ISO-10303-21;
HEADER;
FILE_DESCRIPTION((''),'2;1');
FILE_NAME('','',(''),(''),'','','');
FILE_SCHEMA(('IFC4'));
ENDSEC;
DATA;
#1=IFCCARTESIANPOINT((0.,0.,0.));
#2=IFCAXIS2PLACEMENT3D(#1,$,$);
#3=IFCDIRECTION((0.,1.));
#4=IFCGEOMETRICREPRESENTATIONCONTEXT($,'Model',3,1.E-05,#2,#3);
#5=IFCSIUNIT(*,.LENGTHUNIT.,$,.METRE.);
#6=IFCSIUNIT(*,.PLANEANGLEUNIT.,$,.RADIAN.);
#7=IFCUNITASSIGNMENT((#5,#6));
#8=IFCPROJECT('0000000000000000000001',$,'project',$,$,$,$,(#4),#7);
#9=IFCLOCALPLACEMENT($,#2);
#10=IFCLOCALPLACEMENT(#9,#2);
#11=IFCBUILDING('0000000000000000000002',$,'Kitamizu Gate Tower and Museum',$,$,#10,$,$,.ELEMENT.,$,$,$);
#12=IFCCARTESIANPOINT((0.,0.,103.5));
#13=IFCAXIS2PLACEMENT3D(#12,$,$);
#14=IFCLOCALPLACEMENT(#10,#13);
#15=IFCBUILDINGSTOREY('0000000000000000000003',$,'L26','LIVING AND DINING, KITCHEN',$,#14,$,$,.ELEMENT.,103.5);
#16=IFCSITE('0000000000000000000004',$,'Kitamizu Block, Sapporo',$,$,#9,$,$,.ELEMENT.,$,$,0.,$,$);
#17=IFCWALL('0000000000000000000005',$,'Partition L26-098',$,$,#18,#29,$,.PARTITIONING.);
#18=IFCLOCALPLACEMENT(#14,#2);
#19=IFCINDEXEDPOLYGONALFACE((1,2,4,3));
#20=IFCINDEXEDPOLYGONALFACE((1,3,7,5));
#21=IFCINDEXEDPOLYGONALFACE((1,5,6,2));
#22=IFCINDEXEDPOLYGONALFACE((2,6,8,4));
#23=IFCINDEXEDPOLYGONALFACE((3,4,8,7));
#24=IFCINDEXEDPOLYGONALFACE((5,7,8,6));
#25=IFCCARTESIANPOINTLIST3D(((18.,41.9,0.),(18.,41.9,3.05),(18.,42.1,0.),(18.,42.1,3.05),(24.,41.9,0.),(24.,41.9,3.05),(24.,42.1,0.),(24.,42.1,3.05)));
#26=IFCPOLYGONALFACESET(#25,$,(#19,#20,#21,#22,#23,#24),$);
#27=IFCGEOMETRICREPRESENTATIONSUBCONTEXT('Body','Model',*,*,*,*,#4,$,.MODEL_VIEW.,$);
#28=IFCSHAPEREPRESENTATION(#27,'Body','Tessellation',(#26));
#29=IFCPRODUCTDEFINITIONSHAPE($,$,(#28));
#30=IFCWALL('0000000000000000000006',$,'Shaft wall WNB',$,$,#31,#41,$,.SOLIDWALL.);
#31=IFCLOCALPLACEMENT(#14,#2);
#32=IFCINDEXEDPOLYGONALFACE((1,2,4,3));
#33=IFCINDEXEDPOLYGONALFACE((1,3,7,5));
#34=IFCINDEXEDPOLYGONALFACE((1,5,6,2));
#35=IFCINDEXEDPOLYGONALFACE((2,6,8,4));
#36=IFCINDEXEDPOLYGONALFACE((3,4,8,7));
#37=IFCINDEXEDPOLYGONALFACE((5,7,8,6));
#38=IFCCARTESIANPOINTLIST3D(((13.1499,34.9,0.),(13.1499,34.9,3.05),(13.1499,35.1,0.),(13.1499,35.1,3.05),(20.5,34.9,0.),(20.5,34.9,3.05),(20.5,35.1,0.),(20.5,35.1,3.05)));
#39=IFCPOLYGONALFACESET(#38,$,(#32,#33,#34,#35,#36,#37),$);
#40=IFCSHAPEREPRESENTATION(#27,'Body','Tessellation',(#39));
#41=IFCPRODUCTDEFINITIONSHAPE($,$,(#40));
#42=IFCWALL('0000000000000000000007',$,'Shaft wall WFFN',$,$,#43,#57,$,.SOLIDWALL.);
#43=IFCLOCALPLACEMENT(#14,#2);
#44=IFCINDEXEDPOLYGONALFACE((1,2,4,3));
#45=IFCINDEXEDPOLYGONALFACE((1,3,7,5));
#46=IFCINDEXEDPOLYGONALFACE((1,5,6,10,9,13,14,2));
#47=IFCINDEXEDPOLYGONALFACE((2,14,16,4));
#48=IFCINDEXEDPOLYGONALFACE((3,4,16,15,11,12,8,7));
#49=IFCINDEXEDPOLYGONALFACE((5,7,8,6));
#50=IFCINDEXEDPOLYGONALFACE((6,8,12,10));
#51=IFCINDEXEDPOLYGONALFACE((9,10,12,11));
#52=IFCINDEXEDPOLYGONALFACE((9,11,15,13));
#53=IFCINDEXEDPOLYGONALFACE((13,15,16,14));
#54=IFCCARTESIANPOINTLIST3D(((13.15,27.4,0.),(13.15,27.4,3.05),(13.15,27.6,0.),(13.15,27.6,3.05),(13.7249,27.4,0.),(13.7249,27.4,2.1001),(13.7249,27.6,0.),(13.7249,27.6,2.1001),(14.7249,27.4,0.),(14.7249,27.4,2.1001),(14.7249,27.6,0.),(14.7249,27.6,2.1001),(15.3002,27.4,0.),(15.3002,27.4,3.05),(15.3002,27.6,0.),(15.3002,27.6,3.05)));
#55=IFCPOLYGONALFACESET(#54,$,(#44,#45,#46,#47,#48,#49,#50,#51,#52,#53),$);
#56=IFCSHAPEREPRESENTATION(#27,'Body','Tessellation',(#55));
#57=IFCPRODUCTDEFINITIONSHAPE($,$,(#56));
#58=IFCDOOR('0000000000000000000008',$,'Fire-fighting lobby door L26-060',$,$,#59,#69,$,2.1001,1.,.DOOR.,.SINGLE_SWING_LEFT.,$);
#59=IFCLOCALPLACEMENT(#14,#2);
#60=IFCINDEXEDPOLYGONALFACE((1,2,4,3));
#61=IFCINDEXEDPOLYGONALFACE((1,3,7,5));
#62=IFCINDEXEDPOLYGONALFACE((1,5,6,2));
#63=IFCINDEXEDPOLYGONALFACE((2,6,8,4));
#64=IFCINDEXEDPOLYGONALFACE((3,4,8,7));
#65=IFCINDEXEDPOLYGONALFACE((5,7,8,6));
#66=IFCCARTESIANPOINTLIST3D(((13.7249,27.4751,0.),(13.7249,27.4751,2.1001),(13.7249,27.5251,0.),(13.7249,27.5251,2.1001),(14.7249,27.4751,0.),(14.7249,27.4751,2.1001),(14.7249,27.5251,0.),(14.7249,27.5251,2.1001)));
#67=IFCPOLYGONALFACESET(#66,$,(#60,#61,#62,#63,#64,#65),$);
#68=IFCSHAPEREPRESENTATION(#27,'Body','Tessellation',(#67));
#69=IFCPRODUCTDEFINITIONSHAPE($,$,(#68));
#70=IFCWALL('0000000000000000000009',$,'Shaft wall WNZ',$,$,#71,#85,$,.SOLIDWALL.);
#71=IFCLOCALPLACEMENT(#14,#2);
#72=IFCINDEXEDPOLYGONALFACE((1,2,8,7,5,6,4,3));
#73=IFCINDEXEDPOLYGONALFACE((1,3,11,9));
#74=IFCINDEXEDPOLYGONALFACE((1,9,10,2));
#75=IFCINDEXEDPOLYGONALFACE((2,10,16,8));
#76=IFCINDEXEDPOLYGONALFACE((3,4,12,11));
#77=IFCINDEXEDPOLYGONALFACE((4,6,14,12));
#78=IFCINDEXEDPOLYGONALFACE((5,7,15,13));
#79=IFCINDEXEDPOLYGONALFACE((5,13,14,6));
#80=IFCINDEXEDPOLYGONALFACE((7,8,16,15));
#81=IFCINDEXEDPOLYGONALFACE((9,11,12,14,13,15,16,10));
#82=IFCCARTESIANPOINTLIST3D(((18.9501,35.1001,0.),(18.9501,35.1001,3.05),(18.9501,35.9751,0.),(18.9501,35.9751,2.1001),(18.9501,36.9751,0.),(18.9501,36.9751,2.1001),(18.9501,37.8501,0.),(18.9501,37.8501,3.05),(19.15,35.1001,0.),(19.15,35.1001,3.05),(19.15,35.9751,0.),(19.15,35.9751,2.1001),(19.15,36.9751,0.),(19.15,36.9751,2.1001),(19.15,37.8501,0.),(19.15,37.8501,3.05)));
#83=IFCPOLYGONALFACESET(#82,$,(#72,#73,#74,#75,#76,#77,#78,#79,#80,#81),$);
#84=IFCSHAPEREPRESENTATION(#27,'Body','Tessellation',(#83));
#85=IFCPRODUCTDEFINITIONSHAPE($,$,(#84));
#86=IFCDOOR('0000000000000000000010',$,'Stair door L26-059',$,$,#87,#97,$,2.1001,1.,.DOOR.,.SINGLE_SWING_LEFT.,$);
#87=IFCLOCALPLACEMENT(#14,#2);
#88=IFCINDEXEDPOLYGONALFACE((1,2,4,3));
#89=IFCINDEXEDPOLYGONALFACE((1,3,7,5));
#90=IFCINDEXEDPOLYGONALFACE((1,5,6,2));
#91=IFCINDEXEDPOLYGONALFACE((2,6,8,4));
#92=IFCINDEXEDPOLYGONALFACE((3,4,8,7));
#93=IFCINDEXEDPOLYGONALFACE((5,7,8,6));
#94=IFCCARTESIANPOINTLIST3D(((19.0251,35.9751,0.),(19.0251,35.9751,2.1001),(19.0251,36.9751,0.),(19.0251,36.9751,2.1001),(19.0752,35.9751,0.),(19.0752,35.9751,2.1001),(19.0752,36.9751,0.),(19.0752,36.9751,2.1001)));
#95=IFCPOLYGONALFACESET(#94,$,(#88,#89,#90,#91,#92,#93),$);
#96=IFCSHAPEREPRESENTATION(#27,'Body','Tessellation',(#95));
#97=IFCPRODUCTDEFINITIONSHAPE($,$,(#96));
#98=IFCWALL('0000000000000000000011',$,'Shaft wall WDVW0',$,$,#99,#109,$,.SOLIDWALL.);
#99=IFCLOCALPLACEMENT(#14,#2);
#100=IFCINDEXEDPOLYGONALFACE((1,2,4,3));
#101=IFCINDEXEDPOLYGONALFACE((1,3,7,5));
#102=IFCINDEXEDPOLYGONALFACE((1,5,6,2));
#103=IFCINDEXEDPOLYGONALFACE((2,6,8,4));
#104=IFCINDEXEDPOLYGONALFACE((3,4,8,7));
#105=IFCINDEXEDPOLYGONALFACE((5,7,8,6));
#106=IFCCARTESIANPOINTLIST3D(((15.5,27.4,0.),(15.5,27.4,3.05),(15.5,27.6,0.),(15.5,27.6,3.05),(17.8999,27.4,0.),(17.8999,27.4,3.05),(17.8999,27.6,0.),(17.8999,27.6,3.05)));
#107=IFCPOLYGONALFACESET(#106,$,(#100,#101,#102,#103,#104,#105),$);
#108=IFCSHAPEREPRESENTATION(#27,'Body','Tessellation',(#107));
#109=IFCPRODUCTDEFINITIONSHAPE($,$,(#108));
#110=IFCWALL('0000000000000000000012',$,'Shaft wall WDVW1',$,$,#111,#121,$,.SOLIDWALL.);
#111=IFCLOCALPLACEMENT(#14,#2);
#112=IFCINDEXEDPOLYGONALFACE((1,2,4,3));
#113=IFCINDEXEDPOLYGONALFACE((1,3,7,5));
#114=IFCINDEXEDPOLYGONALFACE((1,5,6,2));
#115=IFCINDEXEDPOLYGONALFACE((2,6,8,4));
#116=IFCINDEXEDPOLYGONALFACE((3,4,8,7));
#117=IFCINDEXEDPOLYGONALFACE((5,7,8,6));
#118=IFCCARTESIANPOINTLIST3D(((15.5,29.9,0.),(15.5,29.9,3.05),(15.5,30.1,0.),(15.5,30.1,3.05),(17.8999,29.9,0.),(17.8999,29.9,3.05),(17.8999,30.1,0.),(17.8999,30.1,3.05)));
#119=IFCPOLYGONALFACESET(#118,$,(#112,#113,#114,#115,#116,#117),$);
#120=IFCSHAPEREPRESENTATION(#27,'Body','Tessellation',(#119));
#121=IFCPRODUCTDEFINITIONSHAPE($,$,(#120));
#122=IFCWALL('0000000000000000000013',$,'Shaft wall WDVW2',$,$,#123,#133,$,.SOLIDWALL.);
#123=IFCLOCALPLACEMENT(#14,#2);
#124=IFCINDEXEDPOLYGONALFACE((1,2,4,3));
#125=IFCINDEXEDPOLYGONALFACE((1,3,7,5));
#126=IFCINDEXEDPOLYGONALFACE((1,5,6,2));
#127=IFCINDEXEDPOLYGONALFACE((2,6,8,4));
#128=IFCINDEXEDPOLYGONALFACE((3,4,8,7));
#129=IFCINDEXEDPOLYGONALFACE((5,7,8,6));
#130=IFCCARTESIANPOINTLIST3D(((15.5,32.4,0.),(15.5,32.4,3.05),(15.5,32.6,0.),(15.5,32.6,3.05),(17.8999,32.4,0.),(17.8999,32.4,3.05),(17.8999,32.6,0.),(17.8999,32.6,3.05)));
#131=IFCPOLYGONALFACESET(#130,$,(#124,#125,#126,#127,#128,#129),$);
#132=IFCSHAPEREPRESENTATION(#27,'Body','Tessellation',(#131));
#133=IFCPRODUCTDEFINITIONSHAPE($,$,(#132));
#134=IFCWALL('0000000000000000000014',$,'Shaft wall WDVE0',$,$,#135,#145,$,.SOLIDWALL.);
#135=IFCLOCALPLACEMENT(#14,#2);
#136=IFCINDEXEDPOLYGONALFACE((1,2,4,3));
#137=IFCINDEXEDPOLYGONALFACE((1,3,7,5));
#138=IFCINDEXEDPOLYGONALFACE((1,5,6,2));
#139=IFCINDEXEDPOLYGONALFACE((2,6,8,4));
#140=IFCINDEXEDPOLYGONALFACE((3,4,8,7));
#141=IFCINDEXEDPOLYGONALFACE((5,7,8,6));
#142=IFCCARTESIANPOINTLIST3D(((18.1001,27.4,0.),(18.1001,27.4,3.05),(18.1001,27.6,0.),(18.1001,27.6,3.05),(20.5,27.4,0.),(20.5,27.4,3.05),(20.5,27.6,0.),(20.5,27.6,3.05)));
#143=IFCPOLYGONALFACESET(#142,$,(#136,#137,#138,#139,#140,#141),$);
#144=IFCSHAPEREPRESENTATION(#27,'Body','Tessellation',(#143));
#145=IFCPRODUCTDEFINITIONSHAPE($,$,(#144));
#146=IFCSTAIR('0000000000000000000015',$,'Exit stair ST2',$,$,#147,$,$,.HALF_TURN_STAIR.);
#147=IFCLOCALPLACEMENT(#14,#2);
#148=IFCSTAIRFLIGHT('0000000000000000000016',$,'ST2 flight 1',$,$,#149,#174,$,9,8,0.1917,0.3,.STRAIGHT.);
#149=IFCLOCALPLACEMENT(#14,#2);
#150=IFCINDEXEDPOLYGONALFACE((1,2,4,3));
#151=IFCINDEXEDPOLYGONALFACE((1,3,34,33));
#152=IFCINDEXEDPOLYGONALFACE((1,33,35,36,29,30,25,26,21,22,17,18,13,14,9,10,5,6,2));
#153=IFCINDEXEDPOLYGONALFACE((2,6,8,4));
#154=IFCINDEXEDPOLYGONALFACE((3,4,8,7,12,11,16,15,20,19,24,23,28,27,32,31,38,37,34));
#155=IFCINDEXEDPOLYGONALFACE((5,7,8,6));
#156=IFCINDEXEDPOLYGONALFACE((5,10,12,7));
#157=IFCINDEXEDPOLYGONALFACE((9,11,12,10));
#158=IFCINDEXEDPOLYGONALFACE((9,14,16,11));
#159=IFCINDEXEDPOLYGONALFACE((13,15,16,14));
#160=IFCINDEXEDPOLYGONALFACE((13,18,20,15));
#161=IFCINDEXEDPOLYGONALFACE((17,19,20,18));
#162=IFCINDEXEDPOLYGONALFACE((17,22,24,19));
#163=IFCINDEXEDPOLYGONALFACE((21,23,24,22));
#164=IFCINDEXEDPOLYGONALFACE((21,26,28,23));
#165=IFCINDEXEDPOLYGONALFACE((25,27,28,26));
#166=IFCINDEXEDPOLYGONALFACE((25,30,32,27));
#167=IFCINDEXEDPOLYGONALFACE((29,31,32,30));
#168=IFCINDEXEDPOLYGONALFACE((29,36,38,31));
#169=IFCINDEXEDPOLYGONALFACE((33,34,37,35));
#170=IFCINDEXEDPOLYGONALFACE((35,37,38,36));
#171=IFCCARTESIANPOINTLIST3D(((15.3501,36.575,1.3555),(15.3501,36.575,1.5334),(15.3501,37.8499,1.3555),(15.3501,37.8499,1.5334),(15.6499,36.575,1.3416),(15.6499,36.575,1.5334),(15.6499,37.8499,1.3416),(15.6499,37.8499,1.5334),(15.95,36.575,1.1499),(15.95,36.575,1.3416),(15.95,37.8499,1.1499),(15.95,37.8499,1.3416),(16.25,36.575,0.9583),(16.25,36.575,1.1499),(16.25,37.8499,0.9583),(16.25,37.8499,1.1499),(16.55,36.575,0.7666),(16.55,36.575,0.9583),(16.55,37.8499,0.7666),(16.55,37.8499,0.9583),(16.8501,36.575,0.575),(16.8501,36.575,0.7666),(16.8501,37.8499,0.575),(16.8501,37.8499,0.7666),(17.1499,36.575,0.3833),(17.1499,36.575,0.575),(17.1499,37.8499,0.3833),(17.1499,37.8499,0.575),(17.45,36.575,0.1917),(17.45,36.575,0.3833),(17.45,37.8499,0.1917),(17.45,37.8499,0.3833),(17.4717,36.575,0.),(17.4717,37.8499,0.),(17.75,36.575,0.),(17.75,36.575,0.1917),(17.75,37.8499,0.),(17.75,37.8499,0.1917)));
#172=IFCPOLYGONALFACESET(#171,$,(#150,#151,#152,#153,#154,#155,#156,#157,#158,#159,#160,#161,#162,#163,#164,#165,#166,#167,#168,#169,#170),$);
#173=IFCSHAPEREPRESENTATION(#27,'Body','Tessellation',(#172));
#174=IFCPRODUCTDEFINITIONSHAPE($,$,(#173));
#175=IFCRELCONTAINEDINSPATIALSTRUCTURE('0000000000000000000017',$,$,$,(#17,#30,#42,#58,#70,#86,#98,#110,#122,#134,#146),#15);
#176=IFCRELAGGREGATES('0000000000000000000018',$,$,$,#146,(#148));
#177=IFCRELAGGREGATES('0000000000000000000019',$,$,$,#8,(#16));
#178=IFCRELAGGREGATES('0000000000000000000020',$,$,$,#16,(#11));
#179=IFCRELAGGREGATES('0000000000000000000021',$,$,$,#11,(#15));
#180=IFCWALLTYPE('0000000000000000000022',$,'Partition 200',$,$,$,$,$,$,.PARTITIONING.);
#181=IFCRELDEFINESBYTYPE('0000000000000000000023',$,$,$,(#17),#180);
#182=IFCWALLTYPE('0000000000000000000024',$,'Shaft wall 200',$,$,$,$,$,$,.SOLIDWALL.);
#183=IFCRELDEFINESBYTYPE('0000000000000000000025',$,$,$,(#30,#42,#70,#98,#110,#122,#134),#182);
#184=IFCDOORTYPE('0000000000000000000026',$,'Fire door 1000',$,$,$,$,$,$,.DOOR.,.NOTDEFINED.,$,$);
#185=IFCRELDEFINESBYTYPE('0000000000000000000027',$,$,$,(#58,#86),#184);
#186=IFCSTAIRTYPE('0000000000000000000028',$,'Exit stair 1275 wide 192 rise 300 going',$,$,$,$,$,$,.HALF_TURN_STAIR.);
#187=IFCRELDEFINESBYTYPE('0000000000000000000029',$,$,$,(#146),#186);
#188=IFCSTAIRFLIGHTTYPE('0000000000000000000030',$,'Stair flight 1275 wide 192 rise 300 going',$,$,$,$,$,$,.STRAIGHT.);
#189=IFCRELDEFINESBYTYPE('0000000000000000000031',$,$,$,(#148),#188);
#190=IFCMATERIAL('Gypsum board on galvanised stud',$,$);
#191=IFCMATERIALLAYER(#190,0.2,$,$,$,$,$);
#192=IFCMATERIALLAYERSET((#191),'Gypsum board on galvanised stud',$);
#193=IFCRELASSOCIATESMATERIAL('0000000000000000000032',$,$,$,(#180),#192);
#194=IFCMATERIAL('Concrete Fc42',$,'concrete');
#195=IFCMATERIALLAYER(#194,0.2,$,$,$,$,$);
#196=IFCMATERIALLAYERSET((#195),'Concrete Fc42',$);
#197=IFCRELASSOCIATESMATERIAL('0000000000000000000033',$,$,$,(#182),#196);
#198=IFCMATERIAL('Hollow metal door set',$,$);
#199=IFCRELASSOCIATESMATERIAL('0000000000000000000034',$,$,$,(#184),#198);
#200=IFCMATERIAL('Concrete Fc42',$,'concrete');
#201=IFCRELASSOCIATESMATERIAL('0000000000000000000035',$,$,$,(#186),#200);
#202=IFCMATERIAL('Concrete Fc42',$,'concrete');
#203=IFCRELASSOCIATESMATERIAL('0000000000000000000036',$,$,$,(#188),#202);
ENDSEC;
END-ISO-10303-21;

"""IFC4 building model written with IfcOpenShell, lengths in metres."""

from ifc_helpers import new_model, si_unit, direction, frame, frame_2d, origin, place, context, subcontext, project, spatial, polyline, rectangle, outline, extrude, material, layer, layer_set, type_object, element, fill, aggregate, save


model = new_model("IFC4")

# Units and contexts
model_context = context("Model", 3, precision=1e-05, world=origin(), true_north=direction((0.0, 1.0)))
body_context = subcontext(model_context, "Body", "Model", "MODEL_VIEW")
ifc_project = project(units=[si_unit("LENGTHUNIT", "METRE"), si_unit("PLANEANGLEUNIT", "RADIAN")], contexts=[model_context])

# Site, building, storey
site_placement = place(None, origin())
site = spatial("IfcSite", under=ifc_project, at=site_placement, Name="Kitamizu Block, Sapporo", CompositionType="ELEMENT", RefElevation=0.0)
building_placement = place(site_placement, origin())
building = spatial("IfcBuilding", under=site, at=building_placement, Name="Kitamizu Gate Tower and Museum", CompositionType="ELEMENT")
storey_placement = place(building_placement, frame((0.0, 0.0, 103.5)))
storey = spatial("IfcBuildingStorey", under=building, at=storey_placement, Name="L26", Description="LIVING AND DINING, KITCHEN", CompositionType="ELEMENT", Elevation=103.5)

# Walls
ifc_material_1 = material(Name="Gypsum board on galvanised stud")
ifc_layer_1 = layer(ifc_material_1, 0.2)
ifc_layer_set_1 = layer_set([ifc_layer_1], Name="Gypsum board on galvanised stud")
wall_type_1 = type_object("IfcWallType", Name="Partition 200", PredefinedType="PARTITIONING", material=ifc_layer_set_1)
wall_1_placement = place(storey_placement, frame((18.0, 42.0, 0.0), z_axis=(0.0, 0.0, 1.0), x_axis=(1.0, 0.0, 0.0)))
element("IfcWall", 1, at=wall_1_placement, inside=storey, type_object=wall_type_1, Name="Partition L26-098", PredefinedType="PARTITIONING", context=body_context, shape_type="SweptSolid", body=[
    extrude(rectangle(XDim=6.0, YDim=0.2, at=frame_2d((3.0, 0.0))), origin(), (0.0, 0.0, 1.0), 3.05),
])
ifc_material_2 = material(Name="Concrete Fc42", Category="concrete")
ifc_layer_2 = layer(ifc_material_2, 0.2)
ifc_layer_set_2 = layer_set([ifc_layer_2], Name="Concrete Fc42")
wall_type_2 = type_object("IfcWallType", Name="Shaft wall 200", PredefinedType="SOLIDWALL", material=ifc_layer_set_2)
wall_2_placement = place(storey_placement, frame((13.1499, 35.0, 0.0), z_axis=(0.0, 0.0, 1.0), x_axis=(1.0, 0.0, 0.0)))
element("IfcWall", 2, at=wall_2_placement, inside=storey, type_object=wall_type_2, Name="Shaft wall WNB", PredefinedType="SOLIDWALL", context=body_context, shape_type="SweptSolid", body=[
    extrude(rectangle(XDim=7.3501, YDim=0.2, at=frame_2d((3.675, 0.0))), origin(), (0.0, 0.0, 1.0), 3.05),
])

# Walls, openings, doors
wall_3_placement = place(storey_placement, frame((13.1499, 27.5, 0.0), z_axis=(0.0, 0.0, 1.0), x_axis=(1.0, 0.0, 0.0)))
wall_3 = element("IfcWall", 3, at=wall_3_placement, inside=storey, type_object=wall_type_2, Name="Shaft wall WFFN", PredefinedType="SOLIDWALL", context=body_context, shape_type="SweptSolid", body=[
    extrude(rectangle(XDim=2.1501, YDim=0.2, at=frame_2d((1.0752, 0.0))), origin(), (0.0, 0.0, 1.0), 3.05),
])
opening_1_placement = place(wall_3_placement, frame((0.575, 0.0, 0.0)))
opening_1 = element("IfcOpeningElement", 4, at=opening_1_placement, cuts=wall_3, PredefinedType="OPENING", context=body_context, shape_type="SweptSolid", body=[
    extrude(rectangle(XDim=1.0, YDim=2.1001, at=frame_2d((0.5, 1.05))), frame((0.0, 0.1099, 0.0), z_axis=(0.0, -1.0, 0.0), x_axis=(1.0, 0.0, 0.0)), (0.0, 0.0, 1.0), 0.22),
])
ifc_material_3 = material(Name="Hollow metal door set")
door_type_1 = type_object("IfcDoorType", Name="Fire door 1000", OperationType="NOTDEFINED", PredefinedType="DOOR", material=ifc_material_3)
door_1_placement = place(opening_1_placement, frame((1.0, 0.0, 0.0), x_axis=(-1.0, 0.0, 0.0)))
door_1 = element("IfcDoor", 5, at=door_1_placement, inside=storey, type_object=door_type_1, Name="Fire-fighting lobby door L26-060", OperationType="SINGLE_SWING_LEFT", OverallHeight=2.1001, OverallWidth=1.0, PredefinedType="DOOR", context=body_context, shape_type="SweptSolid", body=[
    extrude(rectangle(XDim=1.0, YDim=2.1001, at=frame_2d((0.5, 1.05))), frame((0.0, 0.0249, 0.0), z_axis=(0.0, -1.0, 0.0), x_axis=(1.0, 0.0, 0.0)), (0.0, 0.0, 1.0), 0.05),
])
fill(opening_1, door_1)
wall_4_placement = place(storey_placement, frame((19.05, 35.1001, 0.0), z_axis=(0.0, 0.0, 1.0), x_axis=(0.0, 1.0, 0.0)))
wall_4 = element("IfcWall", 6, at=wall_4_placement, inside=storey, type_object=wall_type_2, Name="Shaft wall WNZ", PredefinedType="SOLIDWALL", context=body_context, shape_type="SweptSolid", body=[
    extrude(rectangle(XDim=2.75, YDim=0.2, at=frame_2d((1.375, 0.0))), origin(), (0.0, 0.0, 1.0), 3.05),
])
opening_2_placement = place(wall_4_placement, frame((0.875, 0.0, 0.0)))
opening_2 = element("IfcOpeningElement", 7, at=opening_2_placement, cuts=wall_4, PredefinedType="OPENING", context=body_context, shape_type="SweptSolid", body=[
    extrude(rectangle(XDim=1.0, YDim=2.1001, at=frame_2d((0.5, 1.05))), frame((0.0, 0.1099, 0.0), z_axis=(0.0, -1.0, 0.0), x_axis=(1.0, 0.0, 0.0)), (0.0, 0.0, 1.0), 0.22),
])
door_2_placement = place(opening_2_placement, origin())
door_2 = element("IfcDoor", 8, at=door_2_placement, inside=storey, type_object=door_type_1, Name="Stair door L26-059", OperationType="SINGLE_SWING_LEFT", OverallHeight=2.1001, OverallWidth=1.0, PredefinedType="DOOR", context=body_context, shape_type="SweptSolid", body=[
    extrude(rectangle(XDim=1.0, YDim=2.1001, at=frame_2d((0.5, 1.05))), frame((0.0, 0.0249, 0.0), z_axis=(0.0, -1.0, 0.0), x_axis=(1.0, 0.0, 0.0)), (0.0, 0.0, 1.0), 0.05),
])
fill(opening_2, door_2)

# Walls
for number, where, z_axis, x_axis, name in (
    (9, (15.5, 27.5, 0.0), (0.0, 0.0, 1.0), (1.0, 0.0, 0.0), "Shaft wall WDVW0"),
    (10, (15.5, 30.0, 0.0), (0.0, 0.0, 1.0), (1.0, 0.0, 0.0), "Shaft wall WDVW1"),
    (11, (15.5, 32.5, 0.0), (0.0, 0.0, 1.0), (1.0, 0.0, 0.0), "Shaft wall WDVW2"),
    (12, (18.1001, 27.5, 0.0), (0.0, 0.0, 1.0), (1.0, 0.0, 0.0), "Shaft wall WDVE0"),
):
    element("IfcWall", number, at=place(storey_placement, frame(where, z_axis=z_axis, x_axis=x_axis)), inside=storey, type_object=wall_type_2, Name=name, PredefinedType="SOLIDWALL", context=body_context, shape_type="SweptSolid", body=[
        extrude(rectangle(XDim=2.3999, YDim=0.2, at=frame_2d((1.2, 0.0))), origin(), (0.0, 0.0, 1.0), 3.05),
    ])

# Stair, stair flight
ifc_material_4 = material(Name="Concrete Fc42", Category="concrete")
stair_type = type_object("IfcStairType", Name="Exit stair 1275 wide 192 rise 300 going", PredefinedType="HALF_TURN_STAIR", material=ifc_material_4)
stair_placement = place(storey_placement, origin())
stair = element("IfcStair", 13, at=stair_placement, inside=storey, type_object=stair_type, Name="Exit stair ST2", PredefinedType="HALF_TURN_STAIR")
ifc_material_5 = material(Name="Concrete Fc42", Category="concrete")
stair_flight_type = type_object("IfcStairFlightType", Name="Stair flight 1275 wide 192 rise 300 going", PredefinedType="STRAIGHT", material=ifc_material_5)
stair_flight_1_placement = place(storey_placement, frame((17.75, 37.2124, 0.0), z_axis=(0.0, 0.0, 1.0), x_axis=(-1.0, 0.0, 0.0)))
stair_flight_1 = element("IfcStairFlight", 14, at=stair_flight_1_placement, type_object=stair_flight_type, Name="ST2 flight 1", NumberOfRisers=9, NumberOfTreads=8, PredefinedType="STRAIGHT", RiserHeight=0.1917, TreadLength=0.3, context=body_context, shape_type="SweptSolid", body=[
    extrude(outline(polyline([(0.0, 0.0), (0.0, 0.1917), (0.3, 0.1917), (0.3, 0.3833), (0.6001, 0.3833), (0.6001, 0.575), (0.8999, 0.575), (0.8999, 0.7666), (1.2, 0.7666), (1.2, 0.9583), (1.5, 0.9583), (1.5, 1.1499), (1.8, 1.1499), (1.8, 1.3416), (2.1001, 1.3416), (2.1001, 1.5334), (2.3999, 1.5334), (2.3999, 1.7251), (2.3999, 1.3555), (0.2783, 0.0), (0.0, 0.0)])), frame((0.0, 0.6375, 0.0), z_axis=(0.0, -1.0, 0.0), x_axis=(1.0, 0.0, 0.0)), (0.0, 0.0, 1.0), 1.2749),
])
aggregate(stair, [stair_flight_1])

save(model, "model.ifc")
